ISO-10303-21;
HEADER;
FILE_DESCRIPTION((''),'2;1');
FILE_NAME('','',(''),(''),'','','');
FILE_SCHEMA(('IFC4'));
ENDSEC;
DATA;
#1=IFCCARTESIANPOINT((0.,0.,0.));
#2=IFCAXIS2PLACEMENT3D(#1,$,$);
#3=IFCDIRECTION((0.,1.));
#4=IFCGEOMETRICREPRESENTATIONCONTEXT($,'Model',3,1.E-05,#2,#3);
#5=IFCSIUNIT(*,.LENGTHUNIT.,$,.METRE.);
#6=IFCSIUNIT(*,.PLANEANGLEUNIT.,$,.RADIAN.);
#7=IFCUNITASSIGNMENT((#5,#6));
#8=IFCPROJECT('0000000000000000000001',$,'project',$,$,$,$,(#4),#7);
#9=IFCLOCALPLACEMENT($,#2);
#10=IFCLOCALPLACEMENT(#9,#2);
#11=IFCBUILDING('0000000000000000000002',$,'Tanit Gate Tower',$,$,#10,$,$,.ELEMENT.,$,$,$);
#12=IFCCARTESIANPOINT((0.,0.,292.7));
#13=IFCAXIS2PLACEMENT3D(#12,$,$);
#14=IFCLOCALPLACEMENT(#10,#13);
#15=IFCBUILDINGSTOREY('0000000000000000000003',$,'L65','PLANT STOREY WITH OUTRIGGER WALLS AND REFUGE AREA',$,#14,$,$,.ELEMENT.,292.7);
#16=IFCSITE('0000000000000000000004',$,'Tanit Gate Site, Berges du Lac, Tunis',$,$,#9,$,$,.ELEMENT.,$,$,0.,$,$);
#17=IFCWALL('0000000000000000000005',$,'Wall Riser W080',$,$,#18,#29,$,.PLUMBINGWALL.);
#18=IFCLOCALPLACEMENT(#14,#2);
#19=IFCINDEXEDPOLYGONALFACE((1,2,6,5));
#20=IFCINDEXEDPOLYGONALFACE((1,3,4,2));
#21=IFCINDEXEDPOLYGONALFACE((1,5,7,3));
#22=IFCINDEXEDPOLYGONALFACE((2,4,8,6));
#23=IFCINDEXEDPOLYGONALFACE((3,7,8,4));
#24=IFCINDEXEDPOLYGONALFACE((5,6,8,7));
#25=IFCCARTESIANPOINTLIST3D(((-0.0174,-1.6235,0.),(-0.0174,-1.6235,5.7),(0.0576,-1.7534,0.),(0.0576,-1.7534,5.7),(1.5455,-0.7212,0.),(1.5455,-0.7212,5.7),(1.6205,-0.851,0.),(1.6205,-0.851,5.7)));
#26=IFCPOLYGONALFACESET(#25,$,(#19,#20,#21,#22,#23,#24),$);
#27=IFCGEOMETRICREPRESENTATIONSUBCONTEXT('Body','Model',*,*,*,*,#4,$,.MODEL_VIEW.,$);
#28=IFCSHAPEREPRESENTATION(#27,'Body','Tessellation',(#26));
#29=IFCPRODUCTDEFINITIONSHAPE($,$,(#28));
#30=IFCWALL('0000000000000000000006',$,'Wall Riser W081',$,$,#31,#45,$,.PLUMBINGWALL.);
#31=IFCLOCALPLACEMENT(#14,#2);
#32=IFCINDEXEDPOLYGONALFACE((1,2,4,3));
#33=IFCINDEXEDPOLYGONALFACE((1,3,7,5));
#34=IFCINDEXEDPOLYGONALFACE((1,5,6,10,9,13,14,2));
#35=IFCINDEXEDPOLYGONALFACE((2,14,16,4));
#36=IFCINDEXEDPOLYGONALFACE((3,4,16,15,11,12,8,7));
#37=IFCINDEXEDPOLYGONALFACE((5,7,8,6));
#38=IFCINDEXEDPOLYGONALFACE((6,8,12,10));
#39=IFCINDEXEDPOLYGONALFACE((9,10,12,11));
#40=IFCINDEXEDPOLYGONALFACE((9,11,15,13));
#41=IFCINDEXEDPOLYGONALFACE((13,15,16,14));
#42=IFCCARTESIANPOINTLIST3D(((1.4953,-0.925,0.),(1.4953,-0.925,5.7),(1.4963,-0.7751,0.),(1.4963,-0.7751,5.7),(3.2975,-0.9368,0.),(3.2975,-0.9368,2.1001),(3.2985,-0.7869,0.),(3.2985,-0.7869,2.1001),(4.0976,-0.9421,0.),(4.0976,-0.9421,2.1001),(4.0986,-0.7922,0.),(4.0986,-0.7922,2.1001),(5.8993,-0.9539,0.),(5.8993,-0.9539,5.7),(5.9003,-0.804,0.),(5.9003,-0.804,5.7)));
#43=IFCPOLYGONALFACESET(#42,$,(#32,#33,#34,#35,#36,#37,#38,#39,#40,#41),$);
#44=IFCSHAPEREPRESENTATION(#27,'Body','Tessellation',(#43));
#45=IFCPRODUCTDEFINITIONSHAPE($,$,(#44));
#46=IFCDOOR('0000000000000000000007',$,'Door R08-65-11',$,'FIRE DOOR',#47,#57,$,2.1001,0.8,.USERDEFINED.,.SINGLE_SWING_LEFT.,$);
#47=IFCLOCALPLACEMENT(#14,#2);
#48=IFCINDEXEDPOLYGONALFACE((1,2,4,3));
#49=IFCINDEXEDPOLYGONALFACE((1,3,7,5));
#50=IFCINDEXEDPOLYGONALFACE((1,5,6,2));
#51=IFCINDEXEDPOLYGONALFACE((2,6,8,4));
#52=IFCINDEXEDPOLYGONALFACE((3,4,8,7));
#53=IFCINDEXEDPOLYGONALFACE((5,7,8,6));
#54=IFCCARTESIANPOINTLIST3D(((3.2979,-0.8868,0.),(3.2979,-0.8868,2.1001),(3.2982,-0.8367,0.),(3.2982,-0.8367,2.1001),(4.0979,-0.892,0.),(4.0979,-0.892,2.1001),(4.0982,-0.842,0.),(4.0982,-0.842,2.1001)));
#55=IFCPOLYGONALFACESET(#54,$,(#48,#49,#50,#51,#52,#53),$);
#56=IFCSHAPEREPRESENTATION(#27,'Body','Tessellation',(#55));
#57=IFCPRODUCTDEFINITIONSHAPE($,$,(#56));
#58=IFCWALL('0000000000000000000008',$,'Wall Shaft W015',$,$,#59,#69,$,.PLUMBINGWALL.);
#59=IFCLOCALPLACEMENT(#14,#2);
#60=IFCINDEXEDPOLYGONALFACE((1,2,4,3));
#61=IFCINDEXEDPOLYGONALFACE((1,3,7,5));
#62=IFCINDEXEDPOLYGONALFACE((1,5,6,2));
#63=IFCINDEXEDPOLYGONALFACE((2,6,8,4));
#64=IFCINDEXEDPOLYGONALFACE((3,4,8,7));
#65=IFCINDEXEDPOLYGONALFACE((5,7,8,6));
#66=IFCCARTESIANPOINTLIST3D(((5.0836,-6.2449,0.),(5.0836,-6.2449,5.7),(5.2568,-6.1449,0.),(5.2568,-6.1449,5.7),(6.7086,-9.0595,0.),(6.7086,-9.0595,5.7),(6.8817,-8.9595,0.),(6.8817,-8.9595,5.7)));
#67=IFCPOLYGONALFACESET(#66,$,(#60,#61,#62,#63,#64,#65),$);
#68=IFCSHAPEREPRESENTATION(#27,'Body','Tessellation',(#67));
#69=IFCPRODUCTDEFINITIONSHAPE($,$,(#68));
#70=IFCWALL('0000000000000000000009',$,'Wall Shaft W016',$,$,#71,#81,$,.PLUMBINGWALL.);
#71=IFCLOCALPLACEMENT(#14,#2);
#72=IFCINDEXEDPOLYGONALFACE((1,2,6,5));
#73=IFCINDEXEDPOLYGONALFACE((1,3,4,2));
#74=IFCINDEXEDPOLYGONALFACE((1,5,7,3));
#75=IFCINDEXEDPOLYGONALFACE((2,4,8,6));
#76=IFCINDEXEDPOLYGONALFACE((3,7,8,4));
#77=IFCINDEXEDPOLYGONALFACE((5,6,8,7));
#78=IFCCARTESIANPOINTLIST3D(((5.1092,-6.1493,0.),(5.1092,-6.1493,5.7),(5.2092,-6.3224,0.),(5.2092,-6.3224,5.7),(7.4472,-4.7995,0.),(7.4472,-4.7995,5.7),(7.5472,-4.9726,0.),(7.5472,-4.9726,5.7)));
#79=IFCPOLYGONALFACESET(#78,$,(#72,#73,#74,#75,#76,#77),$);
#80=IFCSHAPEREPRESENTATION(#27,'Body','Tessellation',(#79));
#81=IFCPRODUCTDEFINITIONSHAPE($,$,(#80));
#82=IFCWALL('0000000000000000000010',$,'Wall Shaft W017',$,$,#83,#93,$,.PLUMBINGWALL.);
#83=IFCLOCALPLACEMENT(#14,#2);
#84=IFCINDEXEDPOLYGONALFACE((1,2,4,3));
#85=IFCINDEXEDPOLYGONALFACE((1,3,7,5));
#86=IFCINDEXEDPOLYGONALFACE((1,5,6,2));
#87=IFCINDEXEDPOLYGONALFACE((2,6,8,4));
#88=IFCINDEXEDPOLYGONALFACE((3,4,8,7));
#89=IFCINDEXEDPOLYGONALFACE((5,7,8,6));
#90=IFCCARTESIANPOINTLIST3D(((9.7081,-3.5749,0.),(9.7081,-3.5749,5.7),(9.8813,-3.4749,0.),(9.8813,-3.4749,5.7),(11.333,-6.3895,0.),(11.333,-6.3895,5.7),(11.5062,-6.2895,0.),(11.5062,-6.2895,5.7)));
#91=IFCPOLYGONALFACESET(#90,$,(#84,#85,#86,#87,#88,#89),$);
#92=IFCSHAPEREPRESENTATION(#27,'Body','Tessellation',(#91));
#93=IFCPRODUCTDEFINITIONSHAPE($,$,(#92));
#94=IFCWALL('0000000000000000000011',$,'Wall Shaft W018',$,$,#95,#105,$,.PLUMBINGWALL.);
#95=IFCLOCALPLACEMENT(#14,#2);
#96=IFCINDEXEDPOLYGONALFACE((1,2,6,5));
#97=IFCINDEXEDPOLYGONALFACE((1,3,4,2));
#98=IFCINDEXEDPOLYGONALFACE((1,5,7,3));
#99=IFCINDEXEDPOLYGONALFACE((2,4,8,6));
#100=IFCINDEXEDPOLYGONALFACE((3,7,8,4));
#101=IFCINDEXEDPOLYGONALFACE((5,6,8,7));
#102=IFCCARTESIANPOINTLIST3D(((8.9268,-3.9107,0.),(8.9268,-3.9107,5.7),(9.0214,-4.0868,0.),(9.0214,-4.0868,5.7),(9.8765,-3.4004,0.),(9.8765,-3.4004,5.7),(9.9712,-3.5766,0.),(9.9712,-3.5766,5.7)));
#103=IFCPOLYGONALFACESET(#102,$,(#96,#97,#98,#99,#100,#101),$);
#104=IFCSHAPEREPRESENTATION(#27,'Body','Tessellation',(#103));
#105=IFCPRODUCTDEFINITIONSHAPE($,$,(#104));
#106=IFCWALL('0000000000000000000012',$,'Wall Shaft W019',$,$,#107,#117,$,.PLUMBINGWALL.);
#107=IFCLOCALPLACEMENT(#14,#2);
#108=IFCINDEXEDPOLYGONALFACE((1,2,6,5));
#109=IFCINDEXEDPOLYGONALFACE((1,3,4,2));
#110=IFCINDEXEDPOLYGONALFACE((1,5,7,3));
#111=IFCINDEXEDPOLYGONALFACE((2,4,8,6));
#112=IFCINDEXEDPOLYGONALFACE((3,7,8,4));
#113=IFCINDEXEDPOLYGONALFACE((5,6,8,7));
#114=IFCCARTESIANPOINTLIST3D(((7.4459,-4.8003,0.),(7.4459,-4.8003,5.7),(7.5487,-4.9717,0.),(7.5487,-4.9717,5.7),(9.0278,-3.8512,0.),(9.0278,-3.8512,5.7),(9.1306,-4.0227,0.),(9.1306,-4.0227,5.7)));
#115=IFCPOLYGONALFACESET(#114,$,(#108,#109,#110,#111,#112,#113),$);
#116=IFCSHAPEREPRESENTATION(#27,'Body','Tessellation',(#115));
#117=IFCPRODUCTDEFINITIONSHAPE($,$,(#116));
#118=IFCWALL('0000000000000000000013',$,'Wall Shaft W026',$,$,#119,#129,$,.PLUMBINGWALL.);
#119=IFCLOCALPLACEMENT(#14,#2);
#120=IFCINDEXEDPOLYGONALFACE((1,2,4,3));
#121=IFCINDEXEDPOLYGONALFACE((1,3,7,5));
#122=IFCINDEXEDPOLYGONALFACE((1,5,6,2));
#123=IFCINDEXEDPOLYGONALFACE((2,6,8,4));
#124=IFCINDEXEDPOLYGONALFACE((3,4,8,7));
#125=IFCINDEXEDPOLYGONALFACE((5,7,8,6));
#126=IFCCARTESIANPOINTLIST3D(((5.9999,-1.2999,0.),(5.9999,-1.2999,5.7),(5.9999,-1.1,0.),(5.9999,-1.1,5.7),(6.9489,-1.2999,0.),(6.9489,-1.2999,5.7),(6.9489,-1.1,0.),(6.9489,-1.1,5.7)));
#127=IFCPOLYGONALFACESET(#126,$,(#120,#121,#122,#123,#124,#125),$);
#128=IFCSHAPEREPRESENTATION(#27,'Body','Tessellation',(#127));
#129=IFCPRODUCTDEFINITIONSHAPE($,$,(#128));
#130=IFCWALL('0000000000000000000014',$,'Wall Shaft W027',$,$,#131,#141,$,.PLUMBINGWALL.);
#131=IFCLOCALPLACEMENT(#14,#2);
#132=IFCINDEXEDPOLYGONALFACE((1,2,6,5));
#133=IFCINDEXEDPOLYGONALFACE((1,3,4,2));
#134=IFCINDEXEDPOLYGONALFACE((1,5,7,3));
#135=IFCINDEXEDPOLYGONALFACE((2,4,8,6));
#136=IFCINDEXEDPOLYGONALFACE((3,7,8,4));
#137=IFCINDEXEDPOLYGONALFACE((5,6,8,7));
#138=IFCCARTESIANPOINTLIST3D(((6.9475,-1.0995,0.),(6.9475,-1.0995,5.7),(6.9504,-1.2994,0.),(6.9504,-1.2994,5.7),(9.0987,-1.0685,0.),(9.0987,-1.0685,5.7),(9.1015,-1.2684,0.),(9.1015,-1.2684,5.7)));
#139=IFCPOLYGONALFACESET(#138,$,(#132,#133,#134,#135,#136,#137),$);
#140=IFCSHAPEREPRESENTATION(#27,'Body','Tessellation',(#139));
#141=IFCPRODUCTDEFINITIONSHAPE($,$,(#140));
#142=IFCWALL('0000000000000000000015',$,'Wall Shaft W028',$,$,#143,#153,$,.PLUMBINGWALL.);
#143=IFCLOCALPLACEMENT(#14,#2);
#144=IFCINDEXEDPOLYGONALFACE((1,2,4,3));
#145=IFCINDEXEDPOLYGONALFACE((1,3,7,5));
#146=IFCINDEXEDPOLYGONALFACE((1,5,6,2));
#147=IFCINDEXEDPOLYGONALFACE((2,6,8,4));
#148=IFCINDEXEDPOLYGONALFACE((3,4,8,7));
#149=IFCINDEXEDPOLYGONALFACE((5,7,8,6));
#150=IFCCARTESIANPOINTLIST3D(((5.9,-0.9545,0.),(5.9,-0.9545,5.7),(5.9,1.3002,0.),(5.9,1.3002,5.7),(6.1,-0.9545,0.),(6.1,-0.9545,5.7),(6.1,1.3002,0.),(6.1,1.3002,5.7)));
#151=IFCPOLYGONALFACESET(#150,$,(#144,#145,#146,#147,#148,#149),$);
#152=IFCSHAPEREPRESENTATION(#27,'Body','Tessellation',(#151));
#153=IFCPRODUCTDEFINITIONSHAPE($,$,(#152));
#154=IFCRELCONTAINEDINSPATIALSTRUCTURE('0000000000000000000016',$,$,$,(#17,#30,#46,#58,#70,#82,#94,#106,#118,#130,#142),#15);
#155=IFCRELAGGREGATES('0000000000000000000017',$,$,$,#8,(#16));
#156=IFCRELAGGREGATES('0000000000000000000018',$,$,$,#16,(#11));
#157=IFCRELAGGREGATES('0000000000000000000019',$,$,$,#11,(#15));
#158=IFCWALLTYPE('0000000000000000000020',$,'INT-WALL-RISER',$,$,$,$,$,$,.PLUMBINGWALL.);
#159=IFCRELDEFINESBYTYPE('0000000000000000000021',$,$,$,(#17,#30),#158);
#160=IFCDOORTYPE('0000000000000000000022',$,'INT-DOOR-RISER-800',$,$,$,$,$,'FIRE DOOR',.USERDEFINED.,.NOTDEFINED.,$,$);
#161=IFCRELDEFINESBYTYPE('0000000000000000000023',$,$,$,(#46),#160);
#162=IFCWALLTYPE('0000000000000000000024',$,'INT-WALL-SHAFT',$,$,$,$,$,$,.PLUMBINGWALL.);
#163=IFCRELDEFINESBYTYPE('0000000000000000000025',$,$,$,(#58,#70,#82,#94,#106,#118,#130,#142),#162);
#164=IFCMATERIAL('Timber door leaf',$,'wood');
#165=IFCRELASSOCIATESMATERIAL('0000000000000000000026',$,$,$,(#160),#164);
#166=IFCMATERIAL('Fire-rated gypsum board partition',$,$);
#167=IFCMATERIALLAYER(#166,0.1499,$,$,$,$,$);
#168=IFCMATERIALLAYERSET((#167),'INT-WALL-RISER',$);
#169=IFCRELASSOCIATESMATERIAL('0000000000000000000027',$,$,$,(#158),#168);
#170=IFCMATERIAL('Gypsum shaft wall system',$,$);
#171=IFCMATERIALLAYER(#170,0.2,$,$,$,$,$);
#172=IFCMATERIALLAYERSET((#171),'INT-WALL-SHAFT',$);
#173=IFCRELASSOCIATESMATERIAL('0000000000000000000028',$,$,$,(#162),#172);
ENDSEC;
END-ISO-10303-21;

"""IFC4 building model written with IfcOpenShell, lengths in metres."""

from ifc_helpers import new_model, si_unit, direction, frame, frame_2d, origin, place, context, subcontext, project, spatial, rectangle, extrude, material, layer, layer_set, type_object, element, fill, save


model = new_model("IFC4")

# Units and contexts
model_context = context("Model", 3, precision=1e-05, world=origin(), true_north=direction((0.0, 1.0)))
body_context = subcontext(model_context, "Body", "Model", "MODEL_VIEW")
ifc_project = project(units=[si_unit("LENGTHUNIT", "METRE"), si_unit("PLANEANGLEUNIT", "RADIAN")], contexts=[model_context])

# Site, building, storey
site_placement = place(None, origin())
site = spatial("IfcSite", under=ifc_project, at=site_placement, Name="Tanit Gate Site, Berges du Lac, Tunis", CompositionType="ELEMENT", RefElevation=0.0)
building_placement = place(site_placement, origin())
building = spatial("IfcBuilding", under=site, at=building_placement, Name="Tanit Gate Tower", CompositionType="ELEMENT")
storey_placement = place(building_placement, frame((0.0, 0.0, 292.7)))
storey = spatial("IfcBuildingStorey", under=building, at=storey_placement, Name="L65", Description="PLANT STOREY WITH OUTRIGGER WALLS AND REFUGE AREA", CompositionType="ELEMENT", Elevation=292.7)

# Shared definitions
ifc_material_1 = material(Name="Timber door leaf", Category="wood")
door_type_1 = type_object("IfcDoorType", Name="INT-DOOR-RISER-800", ElementType="FIRE DOOR", OperationType="NOTDEFINED", PredefinedType="USERDEFINED", material=ifc_material_1)

# Wall
ifc_material_2 = material(Name="Fire-rated gypsum board partition")
ifc_layer_1 = layer(ifc_material_2, 0.1499)
ifc_layer_set_1 = layer_set([ifc_layer_1], Name="INT-WALL-RISER")
wall_type_1 = type_object("IfcWallType", Name="INT-WALL-RISER", PredefinedType="PLUMBINGWALL", material=ifc_layer_set_1)
wall_1_placement = place(storey_placement, frame((1.583, -0.7861, 0.0), z_axis=(0.0, 0.0, 1.0), x_axis=(-0.866037, -0.49998, 0.0)))
element("IfcWall", 1, at=wall_1_placement, inside=storey, type_object=wall_type_1, Name="Wall Riser W080", PredefinedType="PLUMBINGWALL", context=body_context, shape_type="SweptSolid", body=[
    extrude(rectangle(XDim=1.8047, YDim=0.1499, at=frame_2d((0.9023, 0.0))), origin(), (0.0, 0.0, 1.0), 5.7),
])

# Wall, opening, door
wall_2_placement = place(storey_placement, frame((5.8999, -0.8789, 0.0), z_axis=(0.0, 0.0, 1.0), x_axis=(-0.999979, 0.006541, 0.0)))
wall_2 = element("IfcWall", 2, at=wall_2_placement, inside=storey, type_object=wall_type_1, Name="Wall Riser W081", PredefinedType="PLUMBINGWALL", context=body_context, shape_type="SweptSolid", body=[
    extrude(rectangle(XDim=4.4041, YDim=0.1499, at=frame_2d((2.2021, 0.0))), origin(), (0.0, 0.0, 1.0), 5.7),
])
opening_1_placement = place(wall_2_placement, frame((1.802, 0.0, 0.0)))
opening_1 = element("IfcOpeningElement", 3, at=opening_1_placement, cuts=wall_2, PredefinedType="OPENING", context=body_context, shape_type="SweptSolid", body=[
    extrude(rectangle(XDim=0.8, YDim=2.1001, at=frame_2d((0.3999, 1.05))), frame((0.0, 0.085, 0.0), z_axis=(0.0, -1.0, 0.0), x_axis=(1.0, 0.0, 0.0)), (0.0, 0.0, 1.0), 0.1699),
])
door_1_placement = place(opening_1_placement, origin())
door_1 = element("IfcDoor", 4, at=door_1_placement, inside=storey, type_object=door_type_1, Name="Door R08-65-11", ObjectType="FIRE DOOR", OperationType="SINGLE_SWING_LEFT", OverallHeight=2.1001, OverallWidth=0.8, PredefinedType="USERDEFINED", context=body_context, shape_type="SweptSolid", body=[
    extrude(rectangle(XDim=0.8, YDim=2.1001, at=frame_2d((0.3999, 1.05))), frame((0.0, 0.0249, 0.0), z_axis=(0.0, -1.0, 0.0), x_axis=(1.0, 0.0, 0.0)), (0.0, 0.0, 1.0), 0.05),
])
fill(opening_1, door_1)

# Walls
ifc_material_3 = material(Name="Gypsum shaft wall system")
ifc_layer_2 = layer(ifc_material_3, 0.2)
ifc_layer_set_2 = layer_set([ifc_layer_2], Name="INT-WALL-SHAFT")
wall_type_2 = type_object("IfcWallType", Name="INT-WALL-SHAFT", PredefinedType="PLUMBINGWALL", material=ifc_layer_set_2)
wall_3_placement = place(storey_placement, frame((6.7952, -9.0095, 0.0), z_axis=(0.0, 0.0, 1.0), x_axis=(-0.499985, 0.866034, 0.0)))
element("IfcWall", 5, at=wall_3_placement, inside=storey, type_object=wall_type_2, Name="Wall Shaft W015", PredefinedType="PLUMBINGWALL", context=body_context, shape_type="SweptSolid", body=[
    extrude(rectangle(XDim=3.25, YDim=0.2, at=frame_2d((1.625, 0.0))), origin(), (0.0, 0.0, 1.0), 5.7),
])
wall_4_placement = place(storey_placement, frame((5.1592, -6.2358, 0.0), z_axis=(0.0, 0.0, 1.0), x_axis=(0.866037, 0.499981, 0.0)))
element("IfcWall", 6, at=wall_4_placement, inside=storey, type_object=wall_type_2, Name="Wall Shaft W016", PredefinedType="PLUMBINGWALL", context=body_context, shape_type="SweptSolid", body=[
    extrude(rectangle(XDim=2.6997, YDim=0.2, at=frame_2d((1.3499, 0.0))), origin(), (0.0, 0.0, 1.0), 5.7),
])
wall_5_placement = place(storey_placement, frame((9.7947, -3.5249, 0.0), z_axis=(0.0, 0.0, 1.0), x_axis=(0.499985, -0.866034, 0.0)))
element("IfcWall", 7, at=wall_5_placement, inside=storey, type_object=wall_type_2, Name="Wall Shaft W017", PredefinedType="PLUMBINGWALL", context=body_context, shape_type="SweptSolid", body=[
    extrude(rectangle(XDim=3.25, YDim=0.2, at=frame_2d((1.625, 0.0))), origin(), (0.0, 0.0, 1.0), 5.7),
])
wall_6_placement = place(storey_placement, frame((8.9741, -3.9988, 0.0), z_axis=(0.0, 0.0, 1.0), x_axis=(0.880907, 0.473289, 0.0)))
element("IfcWall", 8, at=wall_6_placement, inside=storey, type_object=wall_type_2, Name="Wall Shaft W018", PredefinedType="PLUMBINGWALL", context=body_context, shape_type="SweptSolid", body=[
    extrude(rectangle(XDim=1.0781, YDim=0.2, at=frame_2d((0.5391, 0.0))), origin(), (0.0, 0.0, 1.0), 5.7),
])
wall_7_placement = place(storey_placement, frame((7.4973, -4.886, 0.0), z_axis=(0.0, 0.0, 1.0), x_axis=(0.857516, 0.514457, 0.0)))
element("IfcWall", 9, at=wall_7_placement, inside=storey, type_object=wall_type_2, Name="Wall Shaft W019", PredefinedType="PLUMBINGWALL", context=body_context, shape_type="SweptSolid", body=[
    extrude(rectangle(XDim=1.8447, YDim=0.2, at=frame_2d((0.9224, 0.0))), origin(), (0.0, 0.0, 1.0), 5.7),
])
wall_8_placement = place(storey_placement, frame((6.949, -1.2, 0.0), z_axis=(0.0, 0.0, 1.0), x_axis=(-1.0, 0.0, 0.0)))
element("IfcWall", 10, at=wall_8_placement, inside=storey, type_object=wall_type_2, Name="Wall Shaft W026", PredefinedType="PLUMBINGWALL", context=body_context, shape_type="SweptSolid", body=[
    extrude(rectangle(XDim=0.949, YDim=0.2, at=frame_2d((0.4746, 0.0))), origin(), (0.0, 0.0, 1.0), 5.7),
])
wall_9_placement = place(storey_placement, frame((9.1001, -1.1685, 0.0), z_axis=(0.0, 0.0, 1.0), x_axis=(-0.999896, -0.014412, 0.0)))
element("IfcWall", 11, at=wall_9_placement, inside=storey, type_object=wall_type_2, Name="Wall Shaft W027", PredefinedType="PLUMBINGWALL", context=body_context, shape_type="SweptSolid", body=[
    extrude(rectangle(XDim=2.1514, YDim=0.2, at=frame_2d((1.0757, 0.0))), origin(), (0.0, 0.0, 1.0), 5.7),
])
wall_10_placement = place(storey_placement, frame((6.0, -0.9546, 0.0), z_axis=(0.0, 0.0, 1.0), x_axis=(0.0, 1.0, 0.0)))
element("IfcWall", 12, at=wall_10_placement, inside=storey, type_object=wall_type_2, Name="Wall Shaft W028", PredefinedType="PLUMBINGWALL", context=body_context, shape_type="SweptSolid", body=[
    extrude(rectangle(XDim=2.2546, YDim=0.2, at=frame_2d((1.1274, 0.0))), origin(), (0.0, 0.0, 1.0), 5.7),
])

save(model, "model.ifc")
